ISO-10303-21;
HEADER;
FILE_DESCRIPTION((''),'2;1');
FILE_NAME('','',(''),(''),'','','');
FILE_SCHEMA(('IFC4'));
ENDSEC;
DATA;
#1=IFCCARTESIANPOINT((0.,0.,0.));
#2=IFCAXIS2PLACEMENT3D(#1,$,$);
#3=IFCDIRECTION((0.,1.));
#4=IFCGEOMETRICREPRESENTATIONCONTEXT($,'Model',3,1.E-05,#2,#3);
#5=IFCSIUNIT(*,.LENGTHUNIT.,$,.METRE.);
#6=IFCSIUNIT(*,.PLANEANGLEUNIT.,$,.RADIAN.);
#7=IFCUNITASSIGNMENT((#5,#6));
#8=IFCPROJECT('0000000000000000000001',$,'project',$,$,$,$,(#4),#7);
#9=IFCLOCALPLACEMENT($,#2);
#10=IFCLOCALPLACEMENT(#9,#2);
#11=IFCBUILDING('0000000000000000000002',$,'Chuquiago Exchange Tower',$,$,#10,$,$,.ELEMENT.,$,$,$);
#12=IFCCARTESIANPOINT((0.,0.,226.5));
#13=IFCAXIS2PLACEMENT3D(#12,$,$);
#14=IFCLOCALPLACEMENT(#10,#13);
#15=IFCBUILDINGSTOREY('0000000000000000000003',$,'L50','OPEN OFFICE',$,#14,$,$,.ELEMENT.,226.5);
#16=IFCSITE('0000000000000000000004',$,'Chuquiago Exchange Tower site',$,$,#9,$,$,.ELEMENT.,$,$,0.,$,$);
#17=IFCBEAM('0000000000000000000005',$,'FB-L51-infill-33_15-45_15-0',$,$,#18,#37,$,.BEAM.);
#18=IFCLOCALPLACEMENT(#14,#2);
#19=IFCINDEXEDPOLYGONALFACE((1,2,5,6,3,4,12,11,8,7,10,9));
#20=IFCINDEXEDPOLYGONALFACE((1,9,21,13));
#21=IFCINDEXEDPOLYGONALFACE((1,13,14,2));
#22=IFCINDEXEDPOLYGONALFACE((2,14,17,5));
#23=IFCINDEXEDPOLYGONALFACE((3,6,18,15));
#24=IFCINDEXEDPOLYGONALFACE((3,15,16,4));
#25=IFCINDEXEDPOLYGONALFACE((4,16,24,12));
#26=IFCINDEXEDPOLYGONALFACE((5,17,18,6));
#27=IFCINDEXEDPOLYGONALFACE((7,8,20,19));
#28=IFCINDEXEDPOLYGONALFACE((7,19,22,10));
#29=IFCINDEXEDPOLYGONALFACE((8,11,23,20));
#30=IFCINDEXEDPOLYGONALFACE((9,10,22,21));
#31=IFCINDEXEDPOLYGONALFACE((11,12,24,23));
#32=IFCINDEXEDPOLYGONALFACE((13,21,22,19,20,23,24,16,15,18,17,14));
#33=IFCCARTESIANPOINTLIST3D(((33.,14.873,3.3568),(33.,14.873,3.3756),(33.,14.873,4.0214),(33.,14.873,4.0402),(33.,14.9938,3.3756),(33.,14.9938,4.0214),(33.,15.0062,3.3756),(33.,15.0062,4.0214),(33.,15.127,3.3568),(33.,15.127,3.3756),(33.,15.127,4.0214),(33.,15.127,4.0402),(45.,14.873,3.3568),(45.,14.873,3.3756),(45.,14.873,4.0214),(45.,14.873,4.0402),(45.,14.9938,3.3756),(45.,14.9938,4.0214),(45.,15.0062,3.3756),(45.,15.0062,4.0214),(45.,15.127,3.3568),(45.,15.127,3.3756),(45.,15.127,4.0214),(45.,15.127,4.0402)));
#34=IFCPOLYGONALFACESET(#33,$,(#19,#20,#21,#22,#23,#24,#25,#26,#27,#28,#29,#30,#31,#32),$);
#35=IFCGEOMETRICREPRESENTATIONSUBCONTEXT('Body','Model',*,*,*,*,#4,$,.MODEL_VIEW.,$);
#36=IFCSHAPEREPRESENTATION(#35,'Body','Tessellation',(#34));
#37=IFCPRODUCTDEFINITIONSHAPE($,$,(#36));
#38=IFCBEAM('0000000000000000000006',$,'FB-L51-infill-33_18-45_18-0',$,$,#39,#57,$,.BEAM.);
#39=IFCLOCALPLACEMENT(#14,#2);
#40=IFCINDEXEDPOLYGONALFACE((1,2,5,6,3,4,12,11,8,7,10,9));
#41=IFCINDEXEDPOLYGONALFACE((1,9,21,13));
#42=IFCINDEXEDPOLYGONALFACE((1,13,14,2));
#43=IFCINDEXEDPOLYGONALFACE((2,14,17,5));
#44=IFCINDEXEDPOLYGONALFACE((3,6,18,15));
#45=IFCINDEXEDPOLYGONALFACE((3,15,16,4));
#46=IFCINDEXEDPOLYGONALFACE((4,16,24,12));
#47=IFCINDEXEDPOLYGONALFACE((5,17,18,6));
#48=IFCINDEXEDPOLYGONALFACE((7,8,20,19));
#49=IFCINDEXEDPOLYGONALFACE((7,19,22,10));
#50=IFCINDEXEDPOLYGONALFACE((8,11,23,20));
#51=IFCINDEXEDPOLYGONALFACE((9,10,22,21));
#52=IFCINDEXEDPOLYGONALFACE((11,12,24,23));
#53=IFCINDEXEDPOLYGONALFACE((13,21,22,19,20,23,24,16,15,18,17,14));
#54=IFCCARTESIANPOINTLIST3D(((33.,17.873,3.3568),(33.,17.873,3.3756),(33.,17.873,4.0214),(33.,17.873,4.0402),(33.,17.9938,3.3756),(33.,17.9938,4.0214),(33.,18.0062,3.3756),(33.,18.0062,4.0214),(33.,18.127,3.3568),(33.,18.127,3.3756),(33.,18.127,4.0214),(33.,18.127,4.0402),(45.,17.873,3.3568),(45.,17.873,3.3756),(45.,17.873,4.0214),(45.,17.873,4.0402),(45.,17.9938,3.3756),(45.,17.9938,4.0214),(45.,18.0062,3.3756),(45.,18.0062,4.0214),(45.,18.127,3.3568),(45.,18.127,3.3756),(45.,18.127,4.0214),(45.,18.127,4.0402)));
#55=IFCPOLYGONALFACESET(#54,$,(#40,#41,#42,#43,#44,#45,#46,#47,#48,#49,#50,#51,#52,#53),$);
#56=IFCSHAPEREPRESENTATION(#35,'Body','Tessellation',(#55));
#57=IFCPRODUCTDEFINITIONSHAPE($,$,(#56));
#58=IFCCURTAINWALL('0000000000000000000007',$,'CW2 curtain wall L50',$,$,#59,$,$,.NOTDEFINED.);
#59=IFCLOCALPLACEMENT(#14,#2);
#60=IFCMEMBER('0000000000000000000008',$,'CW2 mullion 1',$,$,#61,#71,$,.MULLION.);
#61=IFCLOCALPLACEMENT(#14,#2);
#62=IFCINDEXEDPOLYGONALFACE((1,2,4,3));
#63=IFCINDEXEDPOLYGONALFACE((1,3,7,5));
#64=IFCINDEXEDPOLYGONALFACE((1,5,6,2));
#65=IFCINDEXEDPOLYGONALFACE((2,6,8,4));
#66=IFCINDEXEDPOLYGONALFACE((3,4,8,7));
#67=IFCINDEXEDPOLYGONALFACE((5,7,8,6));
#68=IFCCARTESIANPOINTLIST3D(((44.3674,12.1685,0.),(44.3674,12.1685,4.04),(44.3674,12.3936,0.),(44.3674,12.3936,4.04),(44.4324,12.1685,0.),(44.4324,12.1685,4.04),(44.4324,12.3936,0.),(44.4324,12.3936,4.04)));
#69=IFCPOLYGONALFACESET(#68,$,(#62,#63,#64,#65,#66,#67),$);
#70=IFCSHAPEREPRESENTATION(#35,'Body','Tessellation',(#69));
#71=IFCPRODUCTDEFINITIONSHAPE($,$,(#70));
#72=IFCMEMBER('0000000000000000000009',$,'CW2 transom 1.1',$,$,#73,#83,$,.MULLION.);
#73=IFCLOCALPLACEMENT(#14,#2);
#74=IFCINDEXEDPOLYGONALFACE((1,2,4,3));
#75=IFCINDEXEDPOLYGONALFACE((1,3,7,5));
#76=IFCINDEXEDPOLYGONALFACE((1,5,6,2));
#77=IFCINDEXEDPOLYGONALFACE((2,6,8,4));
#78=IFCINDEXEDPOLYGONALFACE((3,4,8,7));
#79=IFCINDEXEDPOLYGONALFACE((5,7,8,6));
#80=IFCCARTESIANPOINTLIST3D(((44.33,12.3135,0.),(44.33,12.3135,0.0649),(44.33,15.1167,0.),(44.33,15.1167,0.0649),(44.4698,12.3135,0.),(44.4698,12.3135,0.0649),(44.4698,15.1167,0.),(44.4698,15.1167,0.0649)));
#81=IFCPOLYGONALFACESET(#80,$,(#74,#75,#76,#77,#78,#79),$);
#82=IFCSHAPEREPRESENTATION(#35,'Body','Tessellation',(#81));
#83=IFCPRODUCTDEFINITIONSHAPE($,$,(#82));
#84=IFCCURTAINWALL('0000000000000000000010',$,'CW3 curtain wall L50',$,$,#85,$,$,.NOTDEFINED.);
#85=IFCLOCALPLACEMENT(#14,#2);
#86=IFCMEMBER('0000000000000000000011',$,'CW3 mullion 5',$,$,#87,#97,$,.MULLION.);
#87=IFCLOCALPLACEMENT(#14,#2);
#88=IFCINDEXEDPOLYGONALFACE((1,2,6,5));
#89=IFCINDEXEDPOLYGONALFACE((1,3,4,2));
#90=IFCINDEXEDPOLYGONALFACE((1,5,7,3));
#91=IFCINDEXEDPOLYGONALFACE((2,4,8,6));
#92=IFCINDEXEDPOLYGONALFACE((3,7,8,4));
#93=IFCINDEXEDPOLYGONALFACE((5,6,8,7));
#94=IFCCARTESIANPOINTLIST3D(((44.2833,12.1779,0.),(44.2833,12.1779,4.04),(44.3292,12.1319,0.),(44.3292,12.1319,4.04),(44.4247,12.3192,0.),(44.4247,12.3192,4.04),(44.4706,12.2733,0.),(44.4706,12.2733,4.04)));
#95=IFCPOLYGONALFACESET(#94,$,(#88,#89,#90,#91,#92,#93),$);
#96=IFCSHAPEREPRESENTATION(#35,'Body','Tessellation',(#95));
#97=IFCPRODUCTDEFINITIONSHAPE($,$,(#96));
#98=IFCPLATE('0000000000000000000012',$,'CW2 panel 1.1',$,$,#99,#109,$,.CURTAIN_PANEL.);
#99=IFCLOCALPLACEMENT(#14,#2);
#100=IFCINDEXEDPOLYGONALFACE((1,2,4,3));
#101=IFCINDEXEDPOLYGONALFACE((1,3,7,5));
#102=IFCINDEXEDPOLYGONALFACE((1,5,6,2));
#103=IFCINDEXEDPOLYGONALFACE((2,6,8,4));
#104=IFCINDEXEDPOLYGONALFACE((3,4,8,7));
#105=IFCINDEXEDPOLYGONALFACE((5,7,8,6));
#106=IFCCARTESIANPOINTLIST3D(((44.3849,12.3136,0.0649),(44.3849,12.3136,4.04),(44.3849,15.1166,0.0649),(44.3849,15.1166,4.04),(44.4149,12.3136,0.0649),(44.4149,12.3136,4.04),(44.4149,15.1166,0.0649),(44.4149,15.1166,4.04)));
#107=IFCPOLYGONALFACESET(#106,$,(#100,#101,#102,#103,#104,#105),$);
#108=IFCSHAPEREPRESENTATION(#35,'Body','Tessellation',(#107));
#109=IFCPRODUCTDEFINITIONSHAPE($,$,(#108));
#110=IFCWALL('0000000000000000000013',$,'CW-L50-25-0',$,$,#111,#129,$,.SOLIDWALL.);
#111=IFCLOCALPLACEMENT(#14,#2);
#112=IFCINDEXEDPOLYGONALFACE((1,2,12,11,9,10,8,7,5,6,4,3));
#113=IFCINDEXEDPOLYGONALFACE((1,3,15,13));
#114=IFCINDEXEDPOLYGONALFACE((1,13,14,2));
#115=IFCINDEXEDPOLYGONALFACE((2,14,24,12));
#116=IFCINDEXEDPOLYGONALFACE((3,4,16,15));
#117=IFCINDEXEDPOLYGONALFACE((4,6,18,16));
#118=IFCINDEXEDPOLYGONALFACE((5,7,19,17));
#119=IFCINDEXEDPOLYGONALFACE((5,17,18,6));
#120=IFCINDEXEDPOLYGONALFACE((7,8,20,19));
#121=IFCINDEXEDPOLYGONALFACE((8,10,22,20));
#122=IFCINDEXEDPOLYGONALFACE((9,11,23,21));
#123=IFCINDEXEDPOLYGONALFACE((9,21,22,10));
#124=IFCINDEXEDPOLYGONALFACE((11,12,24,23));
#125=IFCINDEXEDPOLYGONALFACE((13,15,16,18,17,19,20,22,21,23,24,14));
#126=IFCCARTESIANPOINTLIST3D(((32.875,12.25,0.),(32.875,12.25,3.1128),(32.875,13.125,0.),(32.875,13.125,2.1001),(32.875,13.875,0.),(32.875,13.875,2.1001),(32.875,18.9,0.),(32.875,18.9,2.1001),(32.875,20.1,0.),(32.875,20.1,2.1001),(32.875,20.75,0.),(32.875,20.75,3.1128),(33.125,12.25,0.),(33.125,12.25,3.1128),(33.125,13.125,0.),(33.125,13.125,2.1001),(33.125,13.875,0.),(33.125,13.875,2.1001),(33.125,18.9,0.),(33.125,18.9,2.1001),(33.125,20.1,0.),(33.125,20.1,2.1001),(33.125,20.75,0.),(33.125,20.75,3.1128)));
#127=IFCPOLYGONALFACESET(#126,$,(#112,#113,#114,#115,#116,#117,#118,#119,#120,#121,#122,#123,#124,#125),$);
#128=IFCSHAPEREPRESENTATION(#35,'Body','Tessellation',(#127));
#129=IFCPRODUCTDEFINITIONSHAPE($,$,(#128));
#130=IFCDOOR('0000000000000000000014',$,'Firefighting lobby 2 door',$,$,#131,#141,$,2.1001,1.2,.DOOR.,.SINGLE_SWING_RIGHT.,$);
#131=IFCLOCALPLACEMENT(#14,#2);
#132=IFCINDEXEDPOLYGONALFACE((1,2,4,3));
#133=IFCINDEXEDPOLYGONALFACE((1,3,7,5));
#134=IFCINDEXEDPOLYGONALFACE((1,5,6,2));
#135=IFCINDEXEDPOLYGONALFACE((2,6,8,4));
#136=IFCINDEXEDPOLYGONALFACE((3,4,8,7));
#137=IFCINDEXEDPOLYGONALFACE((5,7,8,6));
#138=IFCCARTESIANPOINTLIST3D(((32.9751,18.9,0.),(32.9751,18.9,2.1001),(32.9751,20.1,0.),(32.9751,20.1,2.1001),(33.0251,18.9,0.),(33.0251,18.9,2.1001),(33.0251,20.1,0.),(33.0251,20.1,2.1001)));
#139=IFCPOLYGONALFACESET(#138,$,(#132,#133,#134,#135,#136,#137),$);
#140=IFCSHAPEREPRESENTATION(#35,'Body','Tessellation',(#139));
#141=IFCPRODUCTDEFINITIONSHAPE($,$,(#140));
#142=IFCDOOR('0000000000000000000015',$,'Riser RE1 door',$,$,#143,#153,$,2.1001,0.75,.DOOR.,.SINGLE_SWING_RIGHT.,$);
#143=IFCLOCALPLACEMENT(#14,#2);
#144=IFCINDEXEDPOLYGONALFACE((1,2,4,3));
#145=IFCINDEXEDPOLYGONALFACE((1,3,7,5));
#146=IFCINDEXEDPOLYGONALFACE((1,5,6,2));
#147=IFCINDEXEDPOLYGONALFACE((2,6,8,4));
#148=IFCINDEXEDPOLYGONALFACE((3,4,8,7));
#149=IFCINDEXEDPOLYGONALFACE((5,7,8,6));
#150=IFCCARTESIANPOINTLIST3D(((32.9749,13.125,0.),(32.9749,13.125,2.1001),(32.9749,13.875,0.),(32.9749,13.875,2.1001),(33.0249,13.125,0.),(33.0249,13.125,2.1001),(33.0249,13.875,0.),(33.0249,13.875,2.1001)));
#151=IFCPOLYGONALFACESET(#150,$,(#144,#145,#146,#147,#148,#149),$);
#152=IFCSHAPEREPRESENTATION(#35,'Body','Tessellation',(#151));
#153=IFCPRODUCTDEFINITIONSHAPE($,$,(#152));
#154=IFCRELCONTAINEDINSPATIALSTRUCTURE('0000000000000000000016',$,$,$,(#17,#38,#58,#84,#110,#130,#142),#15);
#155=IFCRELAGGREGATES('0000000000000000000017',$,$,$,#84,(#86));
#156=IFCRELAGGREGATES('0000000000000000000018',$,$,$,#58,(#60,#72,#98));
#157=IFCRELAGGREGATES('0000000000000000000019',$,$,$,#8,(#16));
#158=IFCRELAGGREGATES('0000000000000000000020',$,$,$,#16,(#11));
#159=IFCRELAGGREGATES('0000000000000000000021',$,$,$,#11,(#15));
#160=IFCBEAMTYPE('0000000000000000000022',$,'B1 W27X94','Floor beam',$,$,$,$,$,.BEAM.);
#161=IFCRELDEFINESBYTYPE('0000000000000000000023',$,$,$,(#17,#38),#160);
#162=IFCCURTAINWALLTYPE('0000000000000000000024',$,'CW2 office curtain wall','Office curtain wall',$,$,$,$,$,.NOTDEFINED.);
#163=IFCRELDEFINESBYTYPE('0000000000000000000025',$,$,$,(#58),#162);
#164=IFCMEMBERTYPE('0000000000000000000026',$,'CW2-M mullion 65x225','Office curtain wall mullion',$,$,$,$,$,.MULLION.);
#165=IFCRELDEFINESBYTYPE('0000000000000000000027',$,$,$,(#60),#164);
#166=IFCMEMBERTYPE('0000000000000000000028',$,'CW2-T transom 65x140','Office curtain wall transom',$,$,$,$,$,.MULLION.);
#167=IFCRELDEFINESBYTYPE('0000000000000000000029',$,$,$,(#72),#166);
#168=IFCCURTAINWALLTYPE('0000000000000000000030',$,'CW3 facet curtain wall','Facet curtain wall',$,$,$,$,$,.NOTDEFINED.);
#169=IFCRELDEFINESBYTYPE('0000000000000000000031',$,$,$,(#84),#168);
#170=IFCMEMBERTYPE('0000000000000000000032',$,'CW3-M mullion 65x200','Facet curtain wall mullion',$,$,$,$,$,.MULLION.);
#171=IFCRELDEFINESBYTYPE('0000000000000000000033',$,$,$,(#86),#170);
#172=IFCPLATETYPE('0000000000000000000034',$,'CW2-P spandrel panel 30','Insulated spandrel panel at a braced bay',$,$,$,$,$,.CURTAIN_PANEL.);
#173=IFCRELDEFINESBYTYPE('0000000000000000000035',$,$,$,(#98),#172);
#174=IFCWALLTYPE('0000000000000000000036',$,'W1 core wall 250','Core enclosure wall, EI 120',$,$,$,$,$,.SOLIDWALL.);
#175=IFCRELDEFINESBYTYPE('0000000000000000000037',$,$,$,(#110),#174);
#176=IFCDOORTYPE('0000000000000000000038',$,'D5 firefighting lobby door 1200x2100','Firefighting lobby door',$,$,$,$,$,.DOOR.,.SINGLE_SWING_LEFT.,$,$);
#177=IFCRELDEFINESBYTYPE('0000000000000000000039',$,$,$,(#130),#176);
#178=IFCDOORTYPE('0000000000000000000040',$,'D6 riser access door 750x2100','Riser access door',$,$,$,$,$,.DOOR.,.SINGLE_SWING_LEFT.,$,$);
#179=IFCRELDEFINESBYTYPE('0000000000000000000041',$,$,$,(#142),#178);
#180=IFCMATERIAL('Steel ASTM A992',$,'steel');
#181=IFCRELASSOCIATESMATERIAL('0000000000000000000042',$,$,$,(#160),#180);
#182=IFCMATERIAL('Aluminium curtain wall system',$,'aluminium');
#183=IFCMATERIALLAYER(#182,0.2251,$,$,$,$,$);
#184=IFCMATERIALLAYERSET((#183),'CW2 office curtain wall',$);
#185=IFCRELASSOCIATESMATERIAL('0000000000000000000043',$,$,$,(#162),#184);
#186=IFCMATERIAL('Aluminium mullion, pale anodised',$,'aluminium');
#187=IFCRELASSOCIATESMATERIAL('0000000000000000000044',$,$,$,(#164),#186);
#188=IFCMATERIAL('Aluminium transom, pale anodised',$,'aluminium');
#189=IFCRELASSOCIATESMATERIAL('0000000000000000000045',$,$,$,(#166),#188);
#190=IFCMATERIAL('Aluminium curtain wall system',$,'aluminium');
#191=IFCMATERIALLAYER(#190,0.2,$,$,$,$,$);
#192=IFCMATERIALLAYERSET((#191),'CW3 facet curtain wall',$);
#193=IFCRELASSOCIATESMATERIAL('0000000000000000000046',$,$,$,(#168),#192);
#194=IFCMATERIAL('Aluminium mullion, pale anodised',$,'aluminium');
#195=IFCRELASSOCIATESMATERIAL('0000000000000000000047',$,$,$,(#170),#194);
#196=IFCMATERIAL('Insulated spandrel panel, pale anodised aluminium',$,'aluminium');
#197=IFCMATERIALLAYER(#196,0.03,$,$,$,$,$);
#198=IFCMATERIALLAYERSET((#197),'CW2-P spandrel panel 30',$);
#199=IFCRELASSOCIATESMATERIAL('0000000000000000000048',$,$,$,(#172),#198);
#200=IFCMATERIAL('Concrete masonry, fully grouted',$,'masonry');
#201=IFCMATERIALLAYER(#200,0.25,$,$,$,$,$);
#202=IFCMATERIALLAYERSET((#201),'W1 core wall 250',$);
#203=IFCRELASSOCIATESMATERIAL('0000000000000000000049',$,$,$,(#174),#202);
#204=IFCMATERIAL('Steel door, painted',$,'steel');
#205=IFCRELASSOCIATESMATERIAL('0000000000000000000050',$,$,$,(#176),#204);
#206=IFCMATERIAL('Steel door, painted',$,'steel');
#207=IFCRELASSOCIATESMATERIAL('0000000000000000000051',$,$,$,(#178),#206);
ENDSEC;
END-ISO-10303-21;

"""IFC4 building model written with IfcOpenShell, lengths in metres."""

from ifc_helpers import new_model, si_unit, direction, frame, frame_2d, origin, origin_2d, place, context, subcontext, project, spatial, rectangle, i_section, extrude, material, layer, layer_set, material_profile, profile_set, type_object, element, fill, aggregate, save


model = new_model("IFC4")

# Units and contexts
model_context = context("Model", 3, precision=1e-05, world=origin(), true_north=direction((0.0, 1.0)))
body_context = subcontext(model_context, "Body", "Model", "MODEL_VIEW")
ifc_project = project(units=[si_unit("LENGTHUNIT", "METRE"), si_unit("PLANEANGLEUNIT", "RADIAN")], contexts=[model_context])

# Site, building, storey
site_placement = place(None, origin())
site = spatial("IfcSite", under=ifc_project, at=site_placement, Name="Chuquiago Exchange Tower site", CompositionType="ELEMENT", RefElevation=0.0)
building_placement = place(site_placement, origin())
building = spatial("IfcBuilding", under=site, at=building_placement, Name="Chuquiago Exchange Tower", CompositionType="ELEMENT")
storey_placement = place(building_placement, frame((0.0, 0.0, 226.5)))
storey = spatial("IfcBuildingStorey", under=building, at=storey_placement, Name="L50", Description="OPEN OFFICE", CompositionType="ELEMENT", Elevation=226.5)

# Beams
ifc_material_1 = material(Name="Steel ASTM A992", Category="steel")
ifc_material_profile_1 = material_profile(ifc_material_1, i_section(OverallWidth=0.2539, OverallDepth=0.6833, WebThickness=0.0125, FlangeThickness=0.0188, at=origin_2d()), Name="W27X94")
ifc_profile_set_1 = profile_set([ifc_material_profile_1], Name="Steel ASTM A992")
beam_type = type_object("IfcBeamType", Name="B1 W27X94", Description="Floor beam", PredefinedType="BEAM", material=ifc_profile_set_1)
for number, where, z_axis, x_axis, name in (
    (1, (33.0, 15.0, 3.6985), (1.0, 0.0, 0.0), (0.0, 1.0, 0.0), "FB-L51-infill-33_15-45_15-0"),
    (2, (33.0, 18.0, 3.6985), (1.0, 0.0, 0.0), (0.0, 1.0, 0.0), "FB-L51-infill-33_18-45_18-0"),
):
    element("IfcBeam", number, at=place(storey_placement, frame(where, z_axis=z_axis, x_axis=x_axis)), inside=storey, type_object=beam_type, Name=name, PredefinedType="BEAM", context=body_context, shape_type="SweptSolid", body=[
        extrude(i_section(OverallWidth=0.2539, OverallDepth=0.6833, WebThickness=0.0125, FlangeThickness=0.0188, at=origin_2d()), origin(), (0.0, 0.0, 1.0), 12.0),
    ])

# Curtain wall, members
ifc_material_2 = material(Name="Aluminium curtain wall system", Category="aluminium")
ifc_layer_1 = layer(ifc_material_2, 0.2251)
ifc_layer_set_1 = layer_set([ifc_layer_1], Name="CW2 office curtain wall")
curtain_wall_type_1 = type_object("IfcCurtainWallType", Name="CW2 office curtain wall", Description="Office curtain wall", PredefinedType="NOTDEFINED", material=ifc_layer_set_1)
curtain_wall_1_placement = place(storey_placement, origin())
curtain_wall_1 = element("IfcCurtainWall", 3, at=curtain_wall_1_placement, inside=storey, type_object=curtain_wall_type_1, Name="CW2 curtain wall L50", PredefinedType="NOTDEFINED")
ifc_material_3 = material(Name="Aluminium mullion, pale anodised", Category="aluminium")
ifc_material_profile_2 = material_profile(ifc_material_3, rectangle(XDim=0.0649, YDim=0.2251, at=origin_2d()), Name="AL 65x225")
ifc_profile_set_2 = profile_set([ifc_material_profile_2], Name="Aluminium mullion, pale anodised")
member_type_1 = type_object("IfcMemberType", Name="CW2-M mullion 65x225", Description="Office curtain wall mullion", PredefinedType="MULLION", material=ifc_profile_set_2)
member_1_placement = place(storey_placement, frame((44.3999, 12.281, 0.0), z_axis=(0.0, 0.0, 1.0), x_axis=(-1.0, 0.0, 0.0)))
member_1 = element("IfcMember", 4, at=member_1_placement, type_object=member_type_1, Name="CW2 mullion 1", PredefinedType="MULLION", context=body_context, shape_type="SweptSolid", body=[
    extrude(rectangle(XDim=0.0649, YDim=0.2251, at=origin_2d()), origin(), (0.0, 0.0, 1.0), 4.04),
])
ifc_material_4 = material(Name="Aluminium transom, pale anodised", Category="aluminium")
ifc_material_profile_3 = material_profile(ifc_material_4, rectangle(XDim=0.1399, YDim=0.0649, at=origin_2d()), Name="AL 140x65")
ifc_profile_set_3 = profile_set([ifc_material_profile_3], Name="Aluminium transom, pale anodised")
member_type_2 = type_object("IfcMemberType", Name="CW2-T transom 65x140", Description="Office curtain wall transom", PredefinedType="MULLION", material=ifc_profile_set_3)
member_2_placement = place(storey_placement, frame((44.3999, 12.3135, 0.0325), z_axis=(0.0, 1.0, 0.0), x_axis=(-1.0, 0.0, 0.0)))
member_2 = element("IfcMember", 5, at=member_2_placement, type_object=member_type_2, Name="CW2 transom 1.1", PredefinedType="MULLION", context=body_context, shape_type="SweptSolid", body=[
    extrude(rectangle(XDim=0.1399, YDim=0.0649, at=origin_2d()), origin(), (0.0, 0.0, 1.0), 2.8032),
])

# Curtain wall, member
ifc_material_5 = material(Name="Aluminium curtain wall system", Category="aluminium")
ifc_layer_2 = layer(ifc_material_5, 0.2)
ifc_layer_set_2 = layer_set([ifc_layer_2], Name="CW3 facet curtain wall")
curtain_wall_type_2 = type_object("IfcCurtainWallType", Name="CW3 facet curtain wall", Description="Facet curtain wall", PredefinedType="NOTDEFINED", material=ifc_layer_set_2)
curtain_wall_2_placement = place(storey_placement, origin())
curtain_wall_2 = element("IfcCurtainWall", 6, at=curtain_wall_2_placement, inside=storey, type_object=curtain_wall_type_2, Name="CW3 curtain wall L50", PredefinedType="NOTDEFINED")
ifc_material_6 = material(Name="Aluminium mullion, pale anodised", Category="aluminium")
ifc_material_profile_4 = material_profile(ifc_material_6, rectangle(XDim=0.0649, YDim=0.2, at=origin_2d()), Name="AL 65x200")
ifc_profile_set_4 = profile_set([ifc_material_profile_4], Name="Aluminium mullion, pale anodised")
member_type_3 = type_object("IfcMemberType", Name="CW3-M mullion 65x200", Description="Facet curtain wall mullion", PredefinedType="MULLION", material=ifc_profile_set_4)
member_3_placement = place(storey_placement, frame((44.377, 12.2256, 0.0), z_axis=(0.0, 0.0, 1.0), x_axis=(-0.707107, 0.707107, 0.0)))
member_3 = element("IfcMember", 7, at=member_3_placement, type_object=member_type_3, Name="CW3 mullion 5", PredefinedType="MULLION", context=body_context, shape_type="SweptSolid", body=[
    extrude(rectangle(XDim=0.0649, YDim=0.2, at=origin_2d()), origin(), (0.0, 0.0, 1.0), 4.04),
])
aggregate(curtain_wall_2, [member_3])

# Plate
ifc_material_7 = material(Name="Insulated spandrel panel, pale anodised aluminium", Category="aluminium")
ifc_layer_3 = layer(ifc_material_7, 0.03)
ifc_layer_set_3 = layer_set([ifc_layer_3], Name="CW2-P spandrel panel 30")
plate_type = type_object("IfcPlateType", Name="CW2-P spandrel panel 30", Description="Insulated spandrel panel at a braced bay", PredefinedType="CURTAIN_PANEL", material=ifc_layer_set_3)
plate_placement = place(storey_placement, frame((44.3999, 13.7151, 0.0649), z_axis=(0.0, 0.0, 1.0), x_axis=(0.0, 1.0, 0.0)))
plate = element("IfcPlate", 8, at=plate_placement, type_object=plate_type, Name="CW2 panel 1.1", PredefinedType="CURTAIN_PANEL", context=body_context, shape_type="SweptSolid", body=[
    extrude(rectangle(XDim=2.803, YDim=0.03, at=origin_2d()), origin(), (0.0, 0.0, 1.0), 3.9751),
])
aggregate(curtain_wall_1, [member_1, member_2, plate])

# Wall, openings, doors
ifc_material_8 = material(Name="Concrete masonry, fully grouted", Category="masonry")
ifc_layer_4 = layer(ifc_material_8, 0.25)
ifc_layer_set_4 = layer_set([ifc_layer_4], Name="W1 core wall 250")
wall_type_1 = type_object("IfcWallType", Name="W1 core wall 250", Description="Core enclosure wall, EI 120", PredefinedType="SOLIDWALL", material=ifc_layer_set_4)
wall_1_placement = place(storey_placement, frame((33.0, 12.25, 0.0), z_axis=(0.0, 0.0, 1.0), x_axis=(0.0, 1.0, 0.0)))
wall_1 = element("IfcWall", 9, at=wall_1_placement, inside=storey, type_object=wall_type_1, Name="CW-L50-25-0", PredefinedType="SOLIDWALL", context=body_context, shape_type="SweptSolid", body=[
    extrude(rectangle(XDim=8.5, YDim=0.25, at=frame_2d((4.25, 0.0))), origin(), (0.0, 0.0, 1.0), 3.1128),
])
opening_1_placement = place(wall_1_placement, frame((6.6499, 0.0, 0.0)))
opening_1 = element("IfcOpeningElement", 10, at=opening_1_placement, cuts=wall_1, PredefinedType="OPENING", context=body_context, shape_type="SweptSolid", body=[
    extrude(rectangle(XDim=1.2, YDim=2.1001, at=frame_2d((0.6001, 1.05))), frame((0.0, 0.135, 0.0), z_axis=(0.0, -1.0, 0.0), x_axis=(1.0, 0.0, 0.0)), (0.0, 0.0, 1.0), 0.27),
])
opening_2_placement = place(wall_1_placement, frame((0.875, 0.0, 0.0)))
opening_2 = element("IfcOpeningElement", 11, at=opening_2_placement, cuts=wall_1, PredefinedType="OPENING", context=body_context, shape_type="SweptSolid", body=[
    extrude(rectangle(XDim=0.75, YDim=2.1001, at=frame_2d((0.375, 1.05))), frame((0.0, 0.135, 0.0), z_axis=(0.0, -1.0, 0.0), x_axis=(1.0, 0.0, 0.0)), (0.0, 0.0, 1.0), 0.27),
])
ifc_material_9 = material(Name="Steel door, painted", Category="steel")
door_type_1 = type_object("IfcDoorType", Name="D5 firefighting lobby door 1200x2100", Description="Firefighting lobby door", OperationType="SINGLE_SWING_LEFT", PredefinedType="DOOR", material=ifc_material_9)
door_1_placement = place(opening_1_placement, origin())
door_1 = element("IfcDoor", 12, at=door_1_placement, inside=storey, type_object=door_type_1, Name="Firefighting lobby 2 door", OperationType="SINGLE_SWING_RIGHT", OverallHeight=2.1001, OverallWidth=1.2, PredefinedType="DOOR", context=body_context, shape_type="SweptSolid", body=[
    extrude(rectangle(XDim=1.2, YDim=2.1001, at=frame_2d((0.6001, 1.05))), frame((0.0, 0.0249, 0.0), z_axis=(0.0, -1.0, 0.0), x_axis=(1.0, 0.0, 0.0)), (0.0, 0.0, 1.0), 0.05),
])
fill(opening_1, door_1)
ifc_material_10 = material(Name="Steel door, painted", Category="steel")
door_type_2 = type_object("IfcDoorType", Name="D6 riser access door 750x2100", Description="Riser access door", OperationType="SINGLE_SWING_LEFT", PredefinedType="DOOR", material=ifc_material_10)
door_2_placement = place(opening_2_placement, frame((0.75, 0.0, 0.0), z_axis=(0.0, 0.0, 1.0), x_axis=(-1.0, 0.0, 0.0)))
door_2 = element("IfcDoor", 13, at=door_2_placement, inside=storey, type_object=door_type_2, Name="Riser RE1 door", OperationType="SINGLE_SWING_RIGHT", OverallHeight=2.1001, OverallWidth=0.75, PredefinedType="DOOR", context=body_context, shape_type="SweptSolid", body=[
    extrude(rectangle(XDim=0.75, YDim=2.1001, at=frame_2d((0.375, 1.05))), frame((0.0, 0.0249, 0.0), z_axis=(0.0, -1.0, 0.0), x_axis=(1.0, 0.0, 0.0)), (0.0, 0.0, 1.0), 0.05),
])
fill(opening_2, door_2)

save(model, "model.ifc")
